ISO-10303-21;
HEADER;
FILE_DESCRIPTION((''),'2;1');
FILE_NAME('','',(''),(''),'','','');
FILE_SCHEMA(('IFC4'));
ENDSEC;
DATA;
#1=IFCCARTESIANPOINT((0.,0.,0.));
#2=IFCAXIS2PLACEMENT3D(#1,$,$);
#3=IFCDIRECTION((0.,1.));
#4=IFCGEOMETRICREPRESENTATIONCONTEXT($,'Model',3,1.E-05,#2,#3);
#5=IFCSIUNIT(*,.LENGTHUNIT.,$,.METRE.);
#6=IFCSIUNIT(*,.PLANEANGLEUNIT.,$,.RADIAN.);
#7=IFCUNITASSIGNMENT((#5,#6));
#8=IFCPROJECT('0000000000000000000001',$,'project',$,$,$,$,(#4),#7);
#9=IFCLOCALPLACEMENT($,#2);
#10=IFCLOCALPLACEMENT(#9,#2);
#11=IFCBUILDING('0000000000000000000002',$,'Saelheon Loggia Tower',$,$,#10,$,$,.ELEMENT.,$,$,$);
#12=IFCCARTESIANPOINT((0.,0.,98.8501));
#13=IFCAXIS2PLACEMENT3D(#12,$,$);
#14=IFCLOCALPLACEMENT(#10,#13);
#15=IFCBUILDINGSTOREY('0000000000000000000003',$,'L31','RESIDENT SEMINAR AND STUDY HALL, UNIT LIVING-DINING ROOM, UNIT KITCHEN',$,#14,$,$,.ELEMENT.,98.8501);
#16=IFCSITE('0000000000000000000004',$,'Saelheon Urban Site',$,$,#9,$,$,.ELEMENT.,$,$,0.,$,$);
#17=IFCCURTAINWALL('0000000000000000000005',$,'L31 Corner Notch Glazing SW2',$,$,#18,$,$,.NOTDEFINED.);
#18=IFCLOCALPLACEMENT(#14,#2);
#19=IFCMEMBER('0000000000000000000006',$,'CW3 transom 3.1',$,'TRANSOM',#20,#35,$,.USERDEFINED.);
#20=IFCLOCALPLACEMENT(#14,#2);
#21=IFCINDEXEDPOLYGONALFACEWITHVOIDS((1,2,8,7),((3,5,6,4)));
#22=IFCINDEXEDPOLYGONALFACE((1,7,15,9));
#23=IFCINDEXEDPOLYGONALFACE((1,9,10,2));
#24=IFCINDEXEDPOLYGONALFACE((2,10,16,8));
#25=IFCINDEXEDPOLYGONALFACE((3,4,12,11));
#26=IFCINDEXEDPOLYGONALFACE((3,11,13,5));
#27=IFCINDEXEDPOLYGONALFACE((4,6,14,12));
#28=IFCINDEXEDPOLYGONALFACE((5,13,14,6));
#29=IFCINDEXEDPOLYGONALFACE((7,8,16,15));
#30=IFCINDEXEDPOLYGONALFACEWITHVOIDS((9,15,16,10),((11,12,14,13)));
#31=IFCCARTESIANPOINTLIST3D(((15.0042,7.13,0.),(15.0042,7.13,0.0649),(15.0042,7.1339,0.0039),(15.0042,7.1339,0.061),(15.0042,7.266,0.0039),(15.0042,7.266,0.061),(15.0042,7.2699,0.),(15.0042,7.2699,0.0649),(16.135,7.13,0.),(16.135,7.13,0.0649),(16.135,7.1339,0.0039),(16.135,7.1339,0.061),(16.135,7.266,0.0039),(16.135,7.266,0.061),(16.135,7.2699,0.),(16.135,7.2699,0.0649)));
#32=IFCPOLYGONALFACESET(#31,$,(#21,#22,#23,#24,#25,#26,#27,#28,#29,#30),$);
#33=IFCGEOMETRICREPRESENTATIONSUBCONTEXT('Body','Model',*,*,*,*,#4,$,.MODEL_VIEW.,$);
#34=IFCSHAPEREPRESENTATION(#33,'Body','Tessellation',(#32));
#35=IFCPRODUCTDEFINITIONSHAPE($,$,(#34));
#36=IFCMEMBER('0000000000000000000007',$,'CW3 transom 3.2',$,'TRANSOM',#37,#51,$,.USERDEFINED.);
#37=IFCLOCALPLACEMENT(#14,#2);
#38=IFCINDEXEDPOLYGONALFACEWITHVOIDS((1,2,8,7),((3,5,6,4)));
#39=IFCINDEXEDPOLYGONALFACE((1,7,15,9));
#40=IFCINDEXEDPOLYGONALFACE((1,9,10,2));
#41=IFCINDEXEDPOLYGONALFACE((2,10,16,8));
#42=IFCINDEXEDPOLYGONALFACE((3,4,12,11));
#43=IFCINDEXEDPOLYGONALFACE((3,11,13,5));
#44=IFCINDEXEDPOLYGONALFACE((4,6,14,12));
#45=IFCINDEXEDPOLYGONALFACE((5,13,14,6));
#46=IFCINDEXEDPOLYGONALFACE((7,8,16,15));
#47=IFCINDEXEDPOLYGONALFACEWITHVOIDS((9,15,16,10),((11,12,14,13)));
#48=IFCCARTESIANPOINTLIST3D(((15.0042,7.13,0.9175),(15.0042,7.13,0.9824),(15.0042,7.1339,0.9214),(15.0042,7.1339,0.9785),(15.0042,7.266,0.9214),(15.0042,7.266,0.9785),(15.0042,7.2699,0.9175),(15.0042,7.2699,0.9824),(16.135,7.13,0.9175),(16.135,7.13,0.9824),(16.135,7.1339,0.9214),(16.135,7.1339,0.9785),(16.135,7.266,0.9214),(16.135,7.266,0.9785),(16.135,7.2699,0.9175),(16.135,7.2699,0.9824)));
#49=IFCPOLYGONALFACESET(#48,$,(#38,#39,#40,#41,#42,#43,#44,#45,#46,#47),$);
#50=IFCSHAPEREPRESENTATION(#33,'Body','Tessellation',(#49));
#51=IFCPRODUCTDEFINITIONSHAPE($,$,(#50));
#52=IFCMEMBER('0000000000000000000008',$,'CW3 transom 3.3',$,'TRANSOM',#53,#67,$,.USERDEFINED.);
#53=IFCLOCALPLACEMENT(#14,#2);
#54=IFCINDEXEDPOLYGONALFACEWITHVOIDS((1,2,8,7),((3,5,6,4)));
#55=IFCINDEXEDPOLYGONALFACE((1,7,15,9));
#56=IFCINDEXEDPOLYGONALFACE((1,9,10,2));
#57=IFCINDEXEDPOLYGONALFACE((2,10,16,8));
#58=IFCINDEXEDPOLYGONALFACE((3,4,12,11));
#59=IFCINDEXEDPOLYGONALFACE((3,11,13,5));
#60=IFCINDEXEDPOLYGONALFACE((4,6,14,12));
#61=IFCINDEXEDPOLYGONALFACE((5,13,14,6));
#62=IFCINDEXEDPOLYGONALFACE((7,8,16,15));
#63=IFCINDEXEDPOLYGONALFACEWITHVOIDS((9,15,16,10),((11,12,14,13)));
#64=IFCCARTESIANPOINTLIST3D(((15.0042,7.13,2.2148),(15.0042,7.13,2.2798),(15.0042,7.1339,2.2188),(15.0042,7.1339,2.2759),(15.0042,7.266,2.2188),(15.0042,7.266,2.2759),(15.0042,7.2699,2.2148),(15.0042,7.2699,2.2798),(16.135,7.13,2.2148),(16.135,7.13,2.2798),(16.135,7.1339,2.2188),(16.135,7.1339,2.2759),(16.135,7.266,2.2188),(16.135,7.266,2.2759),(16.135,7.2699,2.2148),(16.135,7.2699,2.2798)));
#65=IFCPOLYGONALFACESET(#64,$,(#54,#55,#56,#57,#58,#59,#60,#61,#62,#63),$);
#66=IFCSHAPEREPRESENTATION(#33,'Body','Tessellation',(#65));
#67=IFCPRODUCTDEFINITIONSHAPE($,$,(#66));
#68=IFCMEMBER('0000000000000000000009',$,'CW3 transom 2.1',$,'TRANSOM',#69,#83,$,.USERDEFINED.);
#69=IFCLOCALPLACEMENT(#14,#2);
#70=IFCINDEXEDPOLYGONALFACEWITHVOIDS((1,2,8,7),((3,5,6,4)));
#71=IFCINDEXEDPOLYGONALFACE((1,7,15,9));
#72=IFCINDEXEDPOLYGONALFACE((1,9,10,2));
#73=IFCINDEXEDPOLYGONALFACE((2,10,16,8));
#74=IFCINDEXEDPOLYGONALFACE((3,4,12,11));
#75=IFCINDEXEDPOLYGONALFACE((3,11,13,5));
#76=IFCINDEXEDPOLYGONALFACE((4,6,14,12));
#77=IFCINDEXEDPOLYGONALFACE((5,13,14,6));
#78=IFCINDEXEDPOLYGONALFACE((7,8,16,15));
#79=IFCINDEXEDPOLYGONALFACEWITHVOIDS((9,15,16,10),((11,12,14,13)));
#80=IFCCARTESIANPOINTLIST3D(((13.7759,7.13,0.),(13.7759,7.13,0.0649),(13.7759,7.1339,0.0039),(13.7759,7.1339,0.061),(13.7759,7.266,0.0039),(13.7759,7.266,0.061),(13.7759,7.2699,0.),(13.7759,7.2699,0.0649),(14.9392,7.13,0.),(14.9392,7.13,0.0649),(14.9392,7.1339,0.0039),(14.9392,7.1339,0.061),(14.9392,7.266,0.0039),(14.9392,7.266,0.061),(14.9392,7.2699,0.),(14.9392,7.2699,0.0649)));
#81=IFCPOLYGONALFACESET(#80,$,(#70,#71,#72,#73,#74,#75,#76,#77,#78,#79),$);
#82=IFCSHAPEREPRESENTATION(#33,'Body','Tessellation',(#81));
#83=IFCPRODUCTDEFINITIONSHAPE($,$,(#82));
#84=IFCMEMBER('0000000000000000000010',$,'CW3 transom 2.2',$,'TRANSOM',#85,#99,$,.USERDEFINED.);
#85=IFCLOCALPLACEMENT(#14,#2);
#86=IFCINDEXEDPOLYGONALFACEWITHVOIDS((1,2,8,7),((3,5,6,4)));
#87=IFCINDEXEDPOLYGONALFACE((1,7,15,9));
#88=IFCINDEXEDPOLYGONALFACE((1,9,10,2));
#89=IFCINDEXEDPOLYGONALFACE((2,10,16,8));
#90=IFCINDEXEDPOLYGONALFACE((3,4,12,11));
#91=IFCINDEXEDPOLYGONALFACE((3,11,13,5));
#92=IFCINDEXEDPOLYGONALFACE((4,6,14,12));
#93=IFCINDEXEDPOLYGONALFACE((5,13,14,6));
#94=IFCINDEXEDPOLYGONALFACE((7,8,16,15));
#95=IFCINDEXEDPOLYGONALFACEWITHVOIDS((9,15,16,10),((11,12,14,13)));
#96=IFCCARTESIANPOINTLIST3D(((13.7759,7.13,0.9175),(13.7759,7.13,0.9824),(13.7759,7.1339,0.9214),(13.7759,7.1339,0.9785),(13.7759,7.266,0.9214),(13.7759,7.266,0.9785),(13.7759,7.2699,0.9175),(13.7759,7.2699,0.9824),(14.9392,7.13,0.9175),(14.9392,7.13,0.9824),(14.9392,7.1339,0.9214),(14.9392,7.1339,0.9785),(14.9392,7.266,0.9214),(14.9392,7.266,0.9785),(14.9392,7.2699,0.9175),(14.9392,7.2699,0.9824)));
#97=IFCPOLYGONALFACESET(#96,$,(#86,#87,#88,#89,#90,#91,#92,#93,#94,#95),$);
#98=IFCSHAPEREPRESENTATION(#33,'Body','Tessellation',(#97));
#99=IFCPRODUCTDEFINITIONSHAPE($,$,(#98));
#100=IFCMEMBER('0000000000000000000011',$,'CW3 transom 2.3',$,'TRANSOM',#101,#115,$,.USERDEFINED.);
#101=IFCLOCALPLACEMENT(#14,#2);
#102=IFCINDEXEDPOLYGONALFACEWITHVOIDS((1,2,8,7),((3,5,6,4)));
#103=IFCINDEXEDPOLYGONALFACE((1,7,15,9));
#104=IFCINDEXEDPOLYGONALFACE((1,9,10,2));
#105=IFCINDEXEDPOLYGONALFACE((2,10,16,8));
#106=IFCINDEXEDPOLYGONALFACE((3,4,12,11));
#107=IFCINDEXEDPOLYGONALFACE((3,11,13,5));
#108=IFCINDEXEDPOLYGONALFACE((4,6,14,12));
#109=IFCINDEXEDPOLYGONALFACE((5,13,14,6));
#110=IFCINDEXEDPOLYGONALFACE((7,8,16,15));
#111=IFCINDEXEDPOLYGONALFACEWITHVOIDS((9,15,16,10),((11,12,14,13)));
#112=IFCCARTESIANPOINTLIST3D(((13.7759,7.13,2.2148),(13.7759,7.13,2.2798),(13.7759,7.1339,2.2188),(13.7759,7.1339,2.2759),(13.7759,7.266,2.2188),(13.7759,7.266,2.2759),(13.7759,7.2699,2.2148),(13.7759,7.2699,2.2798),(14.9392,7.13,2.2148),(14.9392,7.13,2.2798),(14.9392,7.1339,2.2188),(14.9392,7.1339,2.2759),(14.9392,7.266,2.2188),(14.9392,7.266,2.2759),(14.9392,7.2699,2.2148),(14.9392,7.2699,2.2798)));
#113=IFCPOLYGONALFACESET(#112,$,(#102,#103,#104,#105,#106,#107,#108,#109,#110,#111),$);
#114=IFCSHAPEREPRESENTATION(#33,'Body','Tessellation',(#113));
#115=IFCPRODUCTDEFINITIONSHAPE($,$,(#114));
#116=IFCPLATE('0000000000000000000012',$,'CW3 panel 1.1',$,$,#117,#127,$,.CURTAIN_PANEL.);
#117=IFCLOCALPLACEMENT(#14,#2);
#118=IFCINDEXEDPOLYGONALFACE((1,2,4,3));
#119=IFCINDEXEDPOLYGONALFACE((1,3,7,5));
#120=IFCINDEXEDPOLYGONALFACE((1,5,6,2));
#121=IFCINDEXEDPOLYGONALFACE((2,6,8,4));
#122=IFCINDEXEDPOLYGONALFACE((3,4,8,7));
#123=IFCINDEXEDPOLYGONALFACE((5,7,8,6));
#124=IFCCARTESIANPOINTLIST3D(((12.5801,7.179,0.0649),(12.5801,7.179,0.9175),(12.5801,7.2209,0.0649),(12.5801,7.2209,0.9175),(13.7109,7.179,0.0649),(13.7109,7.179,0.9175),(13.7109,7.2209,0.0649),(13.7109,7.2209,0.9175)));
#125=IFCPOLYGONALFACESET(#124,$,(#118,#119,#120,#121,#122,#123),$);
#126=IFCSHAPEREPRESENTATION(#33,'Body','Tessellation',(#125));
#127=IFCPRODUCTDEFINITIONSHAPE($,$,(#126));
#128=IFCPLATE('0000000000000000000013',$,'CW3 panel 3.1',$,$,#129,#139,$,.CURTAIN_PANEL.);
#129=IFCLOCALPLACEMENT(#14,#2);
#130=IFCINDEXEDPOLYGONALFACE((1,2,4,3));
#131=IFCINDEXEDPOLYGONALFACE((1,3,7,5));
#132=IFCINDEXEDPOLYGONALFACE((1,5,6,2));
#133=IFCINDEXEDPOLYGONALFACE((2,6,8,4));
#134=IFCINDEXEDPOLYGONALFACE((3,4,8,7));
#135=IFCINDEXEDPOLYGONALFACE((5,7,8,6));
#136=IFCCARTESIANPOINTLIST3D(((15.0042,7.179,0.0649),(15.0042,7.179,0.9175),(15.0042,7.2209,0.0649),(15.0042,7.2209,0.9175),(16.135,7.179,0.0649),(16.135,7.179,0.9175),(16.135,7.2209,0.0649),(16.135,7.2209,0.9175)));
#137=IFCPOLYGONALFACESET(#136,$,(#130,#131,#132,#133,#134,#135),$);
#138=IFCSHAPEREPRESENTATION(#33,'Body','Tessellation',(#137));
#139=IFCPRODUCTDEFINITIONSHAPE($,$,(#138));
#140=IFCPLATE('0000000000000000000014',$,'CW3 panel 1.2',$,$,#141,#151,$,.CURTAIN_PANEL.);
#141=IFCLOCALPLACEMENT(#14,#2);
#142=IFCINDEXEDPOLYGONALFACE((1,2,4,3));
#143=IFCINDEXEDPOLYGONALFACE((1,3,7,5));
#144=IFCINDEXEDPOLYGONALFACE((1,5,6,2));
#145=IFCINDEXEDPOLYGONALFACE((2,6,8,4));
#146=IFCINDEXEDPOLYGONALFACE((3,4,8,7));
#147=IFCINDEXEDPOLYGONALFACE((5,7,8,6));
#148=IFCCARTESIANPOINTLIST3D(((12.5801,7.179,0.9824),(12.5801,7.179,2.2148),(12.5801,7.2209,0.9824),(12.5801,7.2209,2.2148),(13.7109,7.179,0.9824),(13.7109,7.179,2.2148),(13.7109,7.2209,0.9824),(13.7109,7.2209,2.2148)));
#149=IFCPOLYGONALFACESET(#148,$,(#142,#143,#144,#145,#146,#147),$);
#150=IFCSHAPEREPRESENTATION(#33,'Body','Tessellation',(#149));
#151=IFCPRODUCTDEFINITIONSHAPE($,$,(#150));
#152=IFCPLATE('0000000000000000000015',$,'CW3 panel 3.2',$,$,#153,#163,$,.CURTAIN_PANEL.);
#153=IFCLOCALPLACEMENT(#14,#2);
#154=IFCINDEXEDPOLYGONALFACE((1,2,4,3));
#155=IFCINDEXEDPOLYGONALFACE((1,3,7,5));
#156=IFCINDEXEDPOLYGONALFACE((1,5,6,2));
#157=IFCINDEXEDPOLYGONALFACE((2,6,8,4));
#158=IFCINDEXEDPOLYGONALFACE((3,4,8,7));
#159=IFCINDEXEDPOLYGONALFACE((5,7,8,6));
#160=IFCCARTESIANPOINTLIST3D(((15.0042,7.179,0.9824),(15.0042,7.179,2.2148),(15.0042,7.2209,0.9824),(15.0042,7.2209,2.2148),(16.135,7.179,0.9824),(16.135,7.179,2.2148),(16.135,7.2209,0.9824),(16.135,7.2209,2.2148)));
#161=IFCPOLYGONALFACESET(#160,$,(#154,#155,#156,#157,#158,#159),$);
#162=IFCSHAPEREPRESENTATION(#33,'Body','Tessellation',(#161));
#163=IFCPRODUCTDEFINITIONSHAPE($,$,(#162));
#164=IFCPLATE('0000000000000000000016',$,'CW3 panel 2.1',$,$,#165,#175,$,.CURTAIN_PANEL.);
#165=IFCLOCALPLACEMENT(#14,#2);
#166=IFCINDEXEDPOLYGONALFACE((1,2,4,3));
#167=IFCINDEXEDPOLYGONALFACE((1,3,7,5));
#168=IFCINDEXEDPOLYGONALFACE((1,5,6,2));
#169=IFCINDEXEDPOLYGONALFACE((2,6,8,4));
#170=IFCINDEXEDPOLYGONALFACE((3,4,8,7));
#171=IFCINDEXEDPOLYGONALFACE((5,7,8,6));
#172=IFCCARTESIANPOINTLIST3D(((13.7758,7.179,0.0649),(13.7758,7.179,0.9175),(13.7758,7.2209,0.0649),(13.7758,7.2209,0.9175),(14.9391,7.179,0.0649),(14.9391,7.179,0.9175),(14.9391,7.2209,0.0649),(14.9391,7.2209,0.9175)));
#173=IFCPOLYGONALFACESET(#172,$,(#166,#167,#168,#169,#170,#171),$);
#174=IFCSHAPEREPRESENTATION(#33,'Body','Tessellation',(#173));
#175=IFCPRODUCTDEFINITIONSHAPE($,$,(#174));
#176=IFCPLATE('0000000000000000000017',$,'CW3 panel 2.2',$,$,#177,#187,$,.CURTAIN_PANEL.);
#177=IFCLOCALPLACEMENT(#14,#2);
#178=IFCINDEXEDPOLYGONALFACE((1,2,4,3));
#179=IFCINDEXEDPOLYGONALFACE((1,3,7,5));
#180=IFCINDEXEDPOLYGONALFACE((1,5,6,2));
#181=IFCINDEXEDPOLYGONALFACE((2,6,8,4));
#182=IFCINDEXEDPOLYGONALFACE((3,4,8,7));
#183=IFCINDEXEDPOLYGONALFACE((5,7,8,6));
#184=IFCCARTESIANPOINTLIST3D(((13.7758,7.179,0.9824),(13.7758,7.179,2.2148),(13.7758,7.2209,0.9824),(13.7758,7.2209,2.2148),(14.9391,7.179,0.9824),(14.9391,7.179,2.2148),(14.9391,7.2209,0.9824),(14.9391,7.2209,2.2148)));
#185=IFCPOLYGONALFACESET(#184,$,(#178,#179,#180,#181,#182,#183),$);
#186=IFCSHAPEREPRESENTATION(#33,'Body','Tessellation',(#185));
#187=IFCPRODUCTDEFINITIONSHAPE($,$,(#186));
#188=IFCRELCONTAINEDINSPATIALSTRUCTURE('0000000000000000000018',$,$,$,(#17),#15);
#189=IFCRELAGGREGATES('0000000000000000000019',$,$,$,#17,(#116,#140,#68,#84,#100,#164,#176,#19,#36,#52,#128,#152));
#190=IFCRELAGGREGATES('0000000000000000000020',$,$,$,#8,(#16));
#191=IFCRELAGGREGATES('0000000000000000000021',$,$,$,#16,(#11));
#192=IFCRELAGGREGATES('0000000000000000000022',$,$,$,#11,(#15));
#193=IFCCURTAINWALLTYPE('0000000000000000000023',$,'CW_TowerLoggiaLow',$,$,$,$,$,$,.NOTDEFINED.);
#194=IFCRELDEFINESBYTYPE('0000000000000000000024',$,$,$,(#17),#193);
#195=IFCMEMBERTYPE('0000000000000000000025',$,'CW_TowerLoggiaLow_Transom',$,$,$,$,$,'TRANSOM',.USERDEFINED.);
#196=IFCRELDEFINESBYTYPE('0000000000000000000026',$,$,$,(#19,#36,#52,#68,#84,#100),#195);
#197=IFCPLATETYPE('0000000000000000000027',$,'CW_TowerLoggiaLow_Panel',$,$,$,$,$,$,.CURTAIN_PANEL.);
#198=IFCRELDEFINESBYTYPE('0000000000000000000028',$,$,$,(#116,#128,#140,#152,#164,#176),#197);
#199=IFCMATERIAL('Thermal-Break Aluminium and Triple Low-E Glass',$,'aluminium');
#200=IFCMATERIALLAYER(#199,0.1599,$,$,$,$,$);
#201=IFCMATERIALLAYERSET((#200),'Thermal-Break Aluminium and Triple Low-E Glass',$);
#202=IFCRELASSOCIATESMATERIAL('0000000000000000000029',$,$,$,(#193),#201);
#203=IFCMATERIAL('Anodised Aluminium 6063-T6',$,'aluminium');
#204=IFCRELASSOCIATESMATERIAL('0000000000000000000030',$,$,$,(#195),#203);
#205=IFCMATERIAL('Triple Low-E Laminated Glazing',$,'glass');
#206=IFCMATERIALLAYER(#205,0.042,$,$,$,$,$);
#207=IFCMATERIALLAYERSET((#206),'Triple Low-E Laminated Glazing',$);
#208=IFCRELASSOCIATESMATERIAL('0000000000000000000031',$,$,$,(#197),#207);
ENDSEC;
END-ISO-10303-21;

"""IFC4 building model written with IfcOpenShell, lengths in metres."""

from ifc_helpers import new_model, si_unit, direction, frame, origin, origin_2d, place, context, subcontext, project, spatial, rectangle, hollow_rectangle, extrude, source, transform, mapped, material, layer, layer_set, material_profile, profile_set, type_object, element, aggregate, save


model = new_model("IFC4")

# Units and contexts
model_context = context("Model", 3, precision=1e-05, world=origin(), true_north=direction((0.0, 1.0)))
body_context = subcontext(model_context, "Body", "Model", "MODEL_VIEW")
ifc_project = project(units=[si_unit("LENGTHUNIT", "METRE"), si_unit("PLANEANGLEUNIT", "RADIAN")], contexts=[model_context])

# Site, building, storey
site_placement = place(None, origin())
site = spatial("IfcSite", under=ifc_project, at=site_placement, Name="Saelheon Urban Site", CompositionType="ELEMENT", RefElevation=0.0)
building_placement = place(site_placement, origin())
building = spatial("IfcBuilding", under=site, at=building_placement, Name="Saelheon Loggia Tower", CompositionType="ELEMENT")
storey_placement = place(building_placement, frame((0.0, 0.0, 98.8501)))
storey = spatial("IfcBuildingStorey", under=building, at=storey_placement, Name="L31", Description="RESIDENT SEMINAR AND STUDY HALL, UNIT LIVING-DINING ROOM, UNIT KITCHEN", CompositionType="ELEMENT", Elevation=98.8501)

# Curtain wall, members, plates
ifc_material_1 = material(Name="Thermal-Break Aluminium and Triple Low-E Glass", Category="aluminium")
ifc_layer_1 = layer(ifc_material_1, 0.1599)
ifc_layer_set_1 = layer_set([ifc_layer_1], Name="Thermal-Break Aluminium and Triple Low-E Glass")
curtain_wall_type = type_object("IfcCurtainWallType", Name="CW_TowerLoggiaLow", PredefinedType="NOTDEFINED", material=ifc_layer_set_1)
curtain_wall_placement = place(storey_placement, origin())
curtain_wall = element("IfcCurtainWall", 1, at=curtain_wall_placement, inside=storey, type_object=curtain_wall_type, Name="L31 Corner Notch Glazing SW2", PredefinedType="NOTDEFINED")
ifc_material_2 = material(Name="Anodised Aluminium 6063-T6", Category="aluminium")
ifc_material_profile_1 = material_profile(ifc_material_2, hollow_rectangle(XDim=0.0649, YDim=0.1399, WallThickness=0.0039, at=origin_2d()), Name="RHS-140x65x4")
ifc_profile_set_1 = profile_set([ifc_material_profile_1], Name="Anodised Aluminium 6063-T6")
member_type_1 = type_object("IfcMemberType", Name="CW_TowerLoggiaLow_Transom", ElementType="TRANSOM", PredefinedType="USERDEFINED", material=ifc_profile_set_1)
shared_shape_1 = source(origin(), body_context, "Body", "SweptSolid", [
    extrude(hollow_rectangle(XDim=0.0649, YDim=0.1399, WallThickness=0.0039, at=origin_2d()), origin(), (0.0, 0.0, 1.0), 1.1309),
])
member_1_placement = place(storey_placement, frame((15.0042, 7.2, 0.0325), z_axis=(1.0, 0.0, 0.0), x_axis=(0.0, 0.0, 1.0)))
member_1 = element("IfcMember", 2, at=member_1_placement, type_object=member_type_1, Name="CW3 transom 3.1", ObjectType="TRANSOM", PredefinedType="USERDEFINED", context=body_context, shape_type="MappedRepresentation", body=[
    mapped(shared_shape_1, transform((0.0, 0.0, 0.0), scale=1.0)),
])
member_2_placement = place(storey_placement, frame((15.0042, 7.2, 0.95), z_axis=(1.0, 0.0, 0.0), x_axis=(0.0, 0.0, 1.0)))
member_2 = element("IfcMember", 3, at=member_2_placement, type_object=member_type_1, Name="CW3 transom 3.2", ObjectType="TRANSOM", PredefinedType="USERDEFINED", context=body_context, shape_type="MappedRepresentation", body=[
    mapped(shared_shape_1, transform((0.0, 0.0, 0.0), scale=1.0)),
])
member_3_placement = place(storey_placement, frame((15.0042, 7.2, 2.2473), z_axis=(1.0, 0.0, 0.0), x_axis=(0.0, 0.0, 1.0)))
member_3 = element("IfcMember", 4, at=member_3_placement, type_object=member_type_1, Name="CW3 transom 3.3", ObjectType="TRANSOM", PredefinedType="USERDEFINED", context=body_context, shape_type="MappedRepresentation", body=[
    mapped(shared_shape_1, transform((0.0, 0.0, 0.0), scale=1.0)),
])
shared_shape_2 = source(origin(), body_context, "Body", "SweptSolid", [
    extrude(hollow_rectangle(XDim=0.0649, YDim=0.1399, WallThickness=0.0039, at=origin_2d()), origin(), (0.0, 0.0, 1.0), 1.1633),
])
member_4_placement = place(storey_placement, frame((13.7759, 7.2, 0.0325), z_axis=(1.0, 0.0, 0.0), x_axis=(0.0, 0.0, 1.0)))
member_4 = element("IfcMember", 5, at=member_4_placement, type_object=member_type_1, Name="CW3 transom 2.1", ObjectType="TRANSOM", PredefinedType="USERDEFINED", context=body_context, shape_type="MappedRepresentation", body=[
    mapped(shared_shape_2, transform((0.0, 0.0, 0.0), scale=1.0)),
])
member_5_placement = place(storey_placement, frame((13.7759, 7.2, 0.95), z_axis=(1.0, 0.0, 0.0), x_axis=(0.0, 0.0, 1.0)))
member_5 = element("IfcMember", 6, at=member_5_placement, type_object=member_type_1, Name="CW3 transom 2.2", ObjectType="TRANSOM", PredefinedType="USERDEFINED", context=body_context, shape_type="MappedRepresentation", body=[
    mapped(shared_shape_2, transform((0.0, 0.0, 0.0), scale=1.0)),
])
member_6_placement = place(storey_placement, frame((13.7759, 7.2, 2.2473), z_axis=(1.0, 0.0, 0.0), x_axis=(0.0, 0.0, 1.0)))
member_6 = element("IfcMember", 7, at=member_6_placement, type_object=member_type_1, Name="CW3 transom 2.3", ObjectType="TRANSOM", PredefinedType="USERDEFINED", context=body_context, shape_type="MappedRepresentation", body=[
    mapped(shared_shape_2, transform((0.0, 0.0, 0.0), scale=1.0)),
])
ifc_material_3 = material(Name="Triple Low-E Laminated Glazing", Category="glass")
ifc_layer_2 = layer(ifc_material_3, 0.042)
ifc_layer_set_2 = layer_set([ifc_layer_2], Name="Triple Low-E Laminated Glazing")
plate_type = type_object("IfcPlateType", Name="CW_TowerLoggiaLow_Panel", PredefinedType="CURTAIN_PANEL", material=ifc_layer_set_2)
shared_shape_3 = source(origin(), body_context, "Body", "SweptSolid", [
    extrude(rectangle(XDim=1.1309, YDim=0.042, at=origin_2d()), origin(), (0.0, 0.0, 1.0), 0.8525),
])
plate_1_placement = place(storey_placement, frame((13.1455, 7.2, 0.0649), z_axis=(0.0, 0.0, 1.0), x_axis=(1.0, 0.0, 0.0)))
plate_1 = element("IfcPlate", 8, at=plate_1_placement, type_object=plate_type, Name="CW3 panel 1.1", PredefinedType="CURTAIN_PANEL", context=body_context, shape_type="MappedRepresentation", body=[
    mapped(shared_shape_3, transform((0.0, 0.0, 0.0), scale=1.0)),
])
plate_2_placement = place(storey_placement, frame((15.5696, 7.2, 0.0649), z_axis=(0.0, 0.0, 1.0), x_axis=(1.0, 0.0, 0.0)))
plate_2 = element("IfcPlate", 9, at=plate_2_placement, type_object=plate_type, Name="CW3 panel 3.1", PredefinedType="CURTAIN_PANEL", context=body_context, shape_type="MappedRepresentation", body=[
    mapped(shared_shape_3, transform((0.0, 0.0, 0.0), scale=1.0)),
])
shared_shape_4 = source(origin(), body_context, "Body", "SweptSolid", [
    extrude(rectangle(XDim=1.1309, YDim=0.042, at=origin_2d()), origin(), (0.0, 0.0, 1.0), 1.2324),
])
plate_3_placement = place(storey_placement, frame((13.1455, 7.2, 0.9824), z_axis=(0.0, 0.0, 1.0), x_axis=(1.0, 0.0, 0.0)))
plate_3 = element("IfcPlate", 10, at=plate_3_placement, type_object=plate_type, Name="CW3 panel 1.2", PredefinedType="CURTAIN_PANEL", context=body_context, shape_type="MappedRepresentation", body=[
    mapped(shared_shape_4, transform((0.0, 0.0, 0.0), scale=1.0)),
])
plate_4_placement = place(storey_placement, frame((15.5696, 7.2, 0.9824), z_axis=(0.0, 0.0, 1.0), x_axis=(1.0, 0.0, 0.0)))
plate_4 = element("IfcPlate", 11, at=plate_4_placement, type_object=plate_type, Name="CW3 panel 3.2", PredefinedType="CURTAIN_PANEL", context=body_context, shape_type="MappedRepresentation", body=[
    mapped(shared_shape_4, transform((0.0, 0.0, 0.0), scale=1.0)),
])
shared_shape_5 = source(origin(), body_context, "Body", "SweptSolid", [
    extrude(rectangle(XDim=1.1633, YDim=0.042, at=origin_2d()), origin(), (0.0, 0.0, 1.0), 0.8525),
])
plate_5_placement = place(storey_placement, frame((14.3574, 7.2, 0.0649), z_axis=(0.0, 0.0, 1.0), x_axis=(1.0, 0.0, 0.0)))
plate_5 = element("IfcPlate", 12, at=plate_5_placement, type_object=plate_type, Name="CW3 panel 2.1", PredefinedType="CURTAIN_PANEL", context=body_context, shape_type="MappedRepresentation", body=[
    mapped(shared_shape_5, transform((0.0, 0.0, 0.0), scale=1.0)),
])
shared_shape_6 = source(origin(), body_context, "Body", "SweptSolid", [
    extrude(rectangle(XDim=1.1633, YDim=0.042, at=origin_2d()), origin(), (0.0, 0.0, 1.0), 1.2324),
])
plate_6_placement = place(storey_placement, frame((14.3574, 7.2, 0.9824), z_axis=(0.0, 0.0, 1.0), x_axis=(1.0, 0.0, 0.0)))
plate_6 = element("IfcPlate", 13, at=plate_6_placement, type_object=plate_type, Name="CW3 panel 2.2", PredefinedType="CURTAIN_PANEL", context=body_context, shape_type="MappedRepresentation", body=[
    mapped(shared_shape_6, transform((0.0, 0.0, 0.0), scale=1.0)),
])
aggregate(curtain_wall, [plate_1, plate_3, member_4, member_5, member_6, plate_5, plate_6, member_1, member_2, member_3, plate_2, plate_4])

save(model, "model.ifc")
